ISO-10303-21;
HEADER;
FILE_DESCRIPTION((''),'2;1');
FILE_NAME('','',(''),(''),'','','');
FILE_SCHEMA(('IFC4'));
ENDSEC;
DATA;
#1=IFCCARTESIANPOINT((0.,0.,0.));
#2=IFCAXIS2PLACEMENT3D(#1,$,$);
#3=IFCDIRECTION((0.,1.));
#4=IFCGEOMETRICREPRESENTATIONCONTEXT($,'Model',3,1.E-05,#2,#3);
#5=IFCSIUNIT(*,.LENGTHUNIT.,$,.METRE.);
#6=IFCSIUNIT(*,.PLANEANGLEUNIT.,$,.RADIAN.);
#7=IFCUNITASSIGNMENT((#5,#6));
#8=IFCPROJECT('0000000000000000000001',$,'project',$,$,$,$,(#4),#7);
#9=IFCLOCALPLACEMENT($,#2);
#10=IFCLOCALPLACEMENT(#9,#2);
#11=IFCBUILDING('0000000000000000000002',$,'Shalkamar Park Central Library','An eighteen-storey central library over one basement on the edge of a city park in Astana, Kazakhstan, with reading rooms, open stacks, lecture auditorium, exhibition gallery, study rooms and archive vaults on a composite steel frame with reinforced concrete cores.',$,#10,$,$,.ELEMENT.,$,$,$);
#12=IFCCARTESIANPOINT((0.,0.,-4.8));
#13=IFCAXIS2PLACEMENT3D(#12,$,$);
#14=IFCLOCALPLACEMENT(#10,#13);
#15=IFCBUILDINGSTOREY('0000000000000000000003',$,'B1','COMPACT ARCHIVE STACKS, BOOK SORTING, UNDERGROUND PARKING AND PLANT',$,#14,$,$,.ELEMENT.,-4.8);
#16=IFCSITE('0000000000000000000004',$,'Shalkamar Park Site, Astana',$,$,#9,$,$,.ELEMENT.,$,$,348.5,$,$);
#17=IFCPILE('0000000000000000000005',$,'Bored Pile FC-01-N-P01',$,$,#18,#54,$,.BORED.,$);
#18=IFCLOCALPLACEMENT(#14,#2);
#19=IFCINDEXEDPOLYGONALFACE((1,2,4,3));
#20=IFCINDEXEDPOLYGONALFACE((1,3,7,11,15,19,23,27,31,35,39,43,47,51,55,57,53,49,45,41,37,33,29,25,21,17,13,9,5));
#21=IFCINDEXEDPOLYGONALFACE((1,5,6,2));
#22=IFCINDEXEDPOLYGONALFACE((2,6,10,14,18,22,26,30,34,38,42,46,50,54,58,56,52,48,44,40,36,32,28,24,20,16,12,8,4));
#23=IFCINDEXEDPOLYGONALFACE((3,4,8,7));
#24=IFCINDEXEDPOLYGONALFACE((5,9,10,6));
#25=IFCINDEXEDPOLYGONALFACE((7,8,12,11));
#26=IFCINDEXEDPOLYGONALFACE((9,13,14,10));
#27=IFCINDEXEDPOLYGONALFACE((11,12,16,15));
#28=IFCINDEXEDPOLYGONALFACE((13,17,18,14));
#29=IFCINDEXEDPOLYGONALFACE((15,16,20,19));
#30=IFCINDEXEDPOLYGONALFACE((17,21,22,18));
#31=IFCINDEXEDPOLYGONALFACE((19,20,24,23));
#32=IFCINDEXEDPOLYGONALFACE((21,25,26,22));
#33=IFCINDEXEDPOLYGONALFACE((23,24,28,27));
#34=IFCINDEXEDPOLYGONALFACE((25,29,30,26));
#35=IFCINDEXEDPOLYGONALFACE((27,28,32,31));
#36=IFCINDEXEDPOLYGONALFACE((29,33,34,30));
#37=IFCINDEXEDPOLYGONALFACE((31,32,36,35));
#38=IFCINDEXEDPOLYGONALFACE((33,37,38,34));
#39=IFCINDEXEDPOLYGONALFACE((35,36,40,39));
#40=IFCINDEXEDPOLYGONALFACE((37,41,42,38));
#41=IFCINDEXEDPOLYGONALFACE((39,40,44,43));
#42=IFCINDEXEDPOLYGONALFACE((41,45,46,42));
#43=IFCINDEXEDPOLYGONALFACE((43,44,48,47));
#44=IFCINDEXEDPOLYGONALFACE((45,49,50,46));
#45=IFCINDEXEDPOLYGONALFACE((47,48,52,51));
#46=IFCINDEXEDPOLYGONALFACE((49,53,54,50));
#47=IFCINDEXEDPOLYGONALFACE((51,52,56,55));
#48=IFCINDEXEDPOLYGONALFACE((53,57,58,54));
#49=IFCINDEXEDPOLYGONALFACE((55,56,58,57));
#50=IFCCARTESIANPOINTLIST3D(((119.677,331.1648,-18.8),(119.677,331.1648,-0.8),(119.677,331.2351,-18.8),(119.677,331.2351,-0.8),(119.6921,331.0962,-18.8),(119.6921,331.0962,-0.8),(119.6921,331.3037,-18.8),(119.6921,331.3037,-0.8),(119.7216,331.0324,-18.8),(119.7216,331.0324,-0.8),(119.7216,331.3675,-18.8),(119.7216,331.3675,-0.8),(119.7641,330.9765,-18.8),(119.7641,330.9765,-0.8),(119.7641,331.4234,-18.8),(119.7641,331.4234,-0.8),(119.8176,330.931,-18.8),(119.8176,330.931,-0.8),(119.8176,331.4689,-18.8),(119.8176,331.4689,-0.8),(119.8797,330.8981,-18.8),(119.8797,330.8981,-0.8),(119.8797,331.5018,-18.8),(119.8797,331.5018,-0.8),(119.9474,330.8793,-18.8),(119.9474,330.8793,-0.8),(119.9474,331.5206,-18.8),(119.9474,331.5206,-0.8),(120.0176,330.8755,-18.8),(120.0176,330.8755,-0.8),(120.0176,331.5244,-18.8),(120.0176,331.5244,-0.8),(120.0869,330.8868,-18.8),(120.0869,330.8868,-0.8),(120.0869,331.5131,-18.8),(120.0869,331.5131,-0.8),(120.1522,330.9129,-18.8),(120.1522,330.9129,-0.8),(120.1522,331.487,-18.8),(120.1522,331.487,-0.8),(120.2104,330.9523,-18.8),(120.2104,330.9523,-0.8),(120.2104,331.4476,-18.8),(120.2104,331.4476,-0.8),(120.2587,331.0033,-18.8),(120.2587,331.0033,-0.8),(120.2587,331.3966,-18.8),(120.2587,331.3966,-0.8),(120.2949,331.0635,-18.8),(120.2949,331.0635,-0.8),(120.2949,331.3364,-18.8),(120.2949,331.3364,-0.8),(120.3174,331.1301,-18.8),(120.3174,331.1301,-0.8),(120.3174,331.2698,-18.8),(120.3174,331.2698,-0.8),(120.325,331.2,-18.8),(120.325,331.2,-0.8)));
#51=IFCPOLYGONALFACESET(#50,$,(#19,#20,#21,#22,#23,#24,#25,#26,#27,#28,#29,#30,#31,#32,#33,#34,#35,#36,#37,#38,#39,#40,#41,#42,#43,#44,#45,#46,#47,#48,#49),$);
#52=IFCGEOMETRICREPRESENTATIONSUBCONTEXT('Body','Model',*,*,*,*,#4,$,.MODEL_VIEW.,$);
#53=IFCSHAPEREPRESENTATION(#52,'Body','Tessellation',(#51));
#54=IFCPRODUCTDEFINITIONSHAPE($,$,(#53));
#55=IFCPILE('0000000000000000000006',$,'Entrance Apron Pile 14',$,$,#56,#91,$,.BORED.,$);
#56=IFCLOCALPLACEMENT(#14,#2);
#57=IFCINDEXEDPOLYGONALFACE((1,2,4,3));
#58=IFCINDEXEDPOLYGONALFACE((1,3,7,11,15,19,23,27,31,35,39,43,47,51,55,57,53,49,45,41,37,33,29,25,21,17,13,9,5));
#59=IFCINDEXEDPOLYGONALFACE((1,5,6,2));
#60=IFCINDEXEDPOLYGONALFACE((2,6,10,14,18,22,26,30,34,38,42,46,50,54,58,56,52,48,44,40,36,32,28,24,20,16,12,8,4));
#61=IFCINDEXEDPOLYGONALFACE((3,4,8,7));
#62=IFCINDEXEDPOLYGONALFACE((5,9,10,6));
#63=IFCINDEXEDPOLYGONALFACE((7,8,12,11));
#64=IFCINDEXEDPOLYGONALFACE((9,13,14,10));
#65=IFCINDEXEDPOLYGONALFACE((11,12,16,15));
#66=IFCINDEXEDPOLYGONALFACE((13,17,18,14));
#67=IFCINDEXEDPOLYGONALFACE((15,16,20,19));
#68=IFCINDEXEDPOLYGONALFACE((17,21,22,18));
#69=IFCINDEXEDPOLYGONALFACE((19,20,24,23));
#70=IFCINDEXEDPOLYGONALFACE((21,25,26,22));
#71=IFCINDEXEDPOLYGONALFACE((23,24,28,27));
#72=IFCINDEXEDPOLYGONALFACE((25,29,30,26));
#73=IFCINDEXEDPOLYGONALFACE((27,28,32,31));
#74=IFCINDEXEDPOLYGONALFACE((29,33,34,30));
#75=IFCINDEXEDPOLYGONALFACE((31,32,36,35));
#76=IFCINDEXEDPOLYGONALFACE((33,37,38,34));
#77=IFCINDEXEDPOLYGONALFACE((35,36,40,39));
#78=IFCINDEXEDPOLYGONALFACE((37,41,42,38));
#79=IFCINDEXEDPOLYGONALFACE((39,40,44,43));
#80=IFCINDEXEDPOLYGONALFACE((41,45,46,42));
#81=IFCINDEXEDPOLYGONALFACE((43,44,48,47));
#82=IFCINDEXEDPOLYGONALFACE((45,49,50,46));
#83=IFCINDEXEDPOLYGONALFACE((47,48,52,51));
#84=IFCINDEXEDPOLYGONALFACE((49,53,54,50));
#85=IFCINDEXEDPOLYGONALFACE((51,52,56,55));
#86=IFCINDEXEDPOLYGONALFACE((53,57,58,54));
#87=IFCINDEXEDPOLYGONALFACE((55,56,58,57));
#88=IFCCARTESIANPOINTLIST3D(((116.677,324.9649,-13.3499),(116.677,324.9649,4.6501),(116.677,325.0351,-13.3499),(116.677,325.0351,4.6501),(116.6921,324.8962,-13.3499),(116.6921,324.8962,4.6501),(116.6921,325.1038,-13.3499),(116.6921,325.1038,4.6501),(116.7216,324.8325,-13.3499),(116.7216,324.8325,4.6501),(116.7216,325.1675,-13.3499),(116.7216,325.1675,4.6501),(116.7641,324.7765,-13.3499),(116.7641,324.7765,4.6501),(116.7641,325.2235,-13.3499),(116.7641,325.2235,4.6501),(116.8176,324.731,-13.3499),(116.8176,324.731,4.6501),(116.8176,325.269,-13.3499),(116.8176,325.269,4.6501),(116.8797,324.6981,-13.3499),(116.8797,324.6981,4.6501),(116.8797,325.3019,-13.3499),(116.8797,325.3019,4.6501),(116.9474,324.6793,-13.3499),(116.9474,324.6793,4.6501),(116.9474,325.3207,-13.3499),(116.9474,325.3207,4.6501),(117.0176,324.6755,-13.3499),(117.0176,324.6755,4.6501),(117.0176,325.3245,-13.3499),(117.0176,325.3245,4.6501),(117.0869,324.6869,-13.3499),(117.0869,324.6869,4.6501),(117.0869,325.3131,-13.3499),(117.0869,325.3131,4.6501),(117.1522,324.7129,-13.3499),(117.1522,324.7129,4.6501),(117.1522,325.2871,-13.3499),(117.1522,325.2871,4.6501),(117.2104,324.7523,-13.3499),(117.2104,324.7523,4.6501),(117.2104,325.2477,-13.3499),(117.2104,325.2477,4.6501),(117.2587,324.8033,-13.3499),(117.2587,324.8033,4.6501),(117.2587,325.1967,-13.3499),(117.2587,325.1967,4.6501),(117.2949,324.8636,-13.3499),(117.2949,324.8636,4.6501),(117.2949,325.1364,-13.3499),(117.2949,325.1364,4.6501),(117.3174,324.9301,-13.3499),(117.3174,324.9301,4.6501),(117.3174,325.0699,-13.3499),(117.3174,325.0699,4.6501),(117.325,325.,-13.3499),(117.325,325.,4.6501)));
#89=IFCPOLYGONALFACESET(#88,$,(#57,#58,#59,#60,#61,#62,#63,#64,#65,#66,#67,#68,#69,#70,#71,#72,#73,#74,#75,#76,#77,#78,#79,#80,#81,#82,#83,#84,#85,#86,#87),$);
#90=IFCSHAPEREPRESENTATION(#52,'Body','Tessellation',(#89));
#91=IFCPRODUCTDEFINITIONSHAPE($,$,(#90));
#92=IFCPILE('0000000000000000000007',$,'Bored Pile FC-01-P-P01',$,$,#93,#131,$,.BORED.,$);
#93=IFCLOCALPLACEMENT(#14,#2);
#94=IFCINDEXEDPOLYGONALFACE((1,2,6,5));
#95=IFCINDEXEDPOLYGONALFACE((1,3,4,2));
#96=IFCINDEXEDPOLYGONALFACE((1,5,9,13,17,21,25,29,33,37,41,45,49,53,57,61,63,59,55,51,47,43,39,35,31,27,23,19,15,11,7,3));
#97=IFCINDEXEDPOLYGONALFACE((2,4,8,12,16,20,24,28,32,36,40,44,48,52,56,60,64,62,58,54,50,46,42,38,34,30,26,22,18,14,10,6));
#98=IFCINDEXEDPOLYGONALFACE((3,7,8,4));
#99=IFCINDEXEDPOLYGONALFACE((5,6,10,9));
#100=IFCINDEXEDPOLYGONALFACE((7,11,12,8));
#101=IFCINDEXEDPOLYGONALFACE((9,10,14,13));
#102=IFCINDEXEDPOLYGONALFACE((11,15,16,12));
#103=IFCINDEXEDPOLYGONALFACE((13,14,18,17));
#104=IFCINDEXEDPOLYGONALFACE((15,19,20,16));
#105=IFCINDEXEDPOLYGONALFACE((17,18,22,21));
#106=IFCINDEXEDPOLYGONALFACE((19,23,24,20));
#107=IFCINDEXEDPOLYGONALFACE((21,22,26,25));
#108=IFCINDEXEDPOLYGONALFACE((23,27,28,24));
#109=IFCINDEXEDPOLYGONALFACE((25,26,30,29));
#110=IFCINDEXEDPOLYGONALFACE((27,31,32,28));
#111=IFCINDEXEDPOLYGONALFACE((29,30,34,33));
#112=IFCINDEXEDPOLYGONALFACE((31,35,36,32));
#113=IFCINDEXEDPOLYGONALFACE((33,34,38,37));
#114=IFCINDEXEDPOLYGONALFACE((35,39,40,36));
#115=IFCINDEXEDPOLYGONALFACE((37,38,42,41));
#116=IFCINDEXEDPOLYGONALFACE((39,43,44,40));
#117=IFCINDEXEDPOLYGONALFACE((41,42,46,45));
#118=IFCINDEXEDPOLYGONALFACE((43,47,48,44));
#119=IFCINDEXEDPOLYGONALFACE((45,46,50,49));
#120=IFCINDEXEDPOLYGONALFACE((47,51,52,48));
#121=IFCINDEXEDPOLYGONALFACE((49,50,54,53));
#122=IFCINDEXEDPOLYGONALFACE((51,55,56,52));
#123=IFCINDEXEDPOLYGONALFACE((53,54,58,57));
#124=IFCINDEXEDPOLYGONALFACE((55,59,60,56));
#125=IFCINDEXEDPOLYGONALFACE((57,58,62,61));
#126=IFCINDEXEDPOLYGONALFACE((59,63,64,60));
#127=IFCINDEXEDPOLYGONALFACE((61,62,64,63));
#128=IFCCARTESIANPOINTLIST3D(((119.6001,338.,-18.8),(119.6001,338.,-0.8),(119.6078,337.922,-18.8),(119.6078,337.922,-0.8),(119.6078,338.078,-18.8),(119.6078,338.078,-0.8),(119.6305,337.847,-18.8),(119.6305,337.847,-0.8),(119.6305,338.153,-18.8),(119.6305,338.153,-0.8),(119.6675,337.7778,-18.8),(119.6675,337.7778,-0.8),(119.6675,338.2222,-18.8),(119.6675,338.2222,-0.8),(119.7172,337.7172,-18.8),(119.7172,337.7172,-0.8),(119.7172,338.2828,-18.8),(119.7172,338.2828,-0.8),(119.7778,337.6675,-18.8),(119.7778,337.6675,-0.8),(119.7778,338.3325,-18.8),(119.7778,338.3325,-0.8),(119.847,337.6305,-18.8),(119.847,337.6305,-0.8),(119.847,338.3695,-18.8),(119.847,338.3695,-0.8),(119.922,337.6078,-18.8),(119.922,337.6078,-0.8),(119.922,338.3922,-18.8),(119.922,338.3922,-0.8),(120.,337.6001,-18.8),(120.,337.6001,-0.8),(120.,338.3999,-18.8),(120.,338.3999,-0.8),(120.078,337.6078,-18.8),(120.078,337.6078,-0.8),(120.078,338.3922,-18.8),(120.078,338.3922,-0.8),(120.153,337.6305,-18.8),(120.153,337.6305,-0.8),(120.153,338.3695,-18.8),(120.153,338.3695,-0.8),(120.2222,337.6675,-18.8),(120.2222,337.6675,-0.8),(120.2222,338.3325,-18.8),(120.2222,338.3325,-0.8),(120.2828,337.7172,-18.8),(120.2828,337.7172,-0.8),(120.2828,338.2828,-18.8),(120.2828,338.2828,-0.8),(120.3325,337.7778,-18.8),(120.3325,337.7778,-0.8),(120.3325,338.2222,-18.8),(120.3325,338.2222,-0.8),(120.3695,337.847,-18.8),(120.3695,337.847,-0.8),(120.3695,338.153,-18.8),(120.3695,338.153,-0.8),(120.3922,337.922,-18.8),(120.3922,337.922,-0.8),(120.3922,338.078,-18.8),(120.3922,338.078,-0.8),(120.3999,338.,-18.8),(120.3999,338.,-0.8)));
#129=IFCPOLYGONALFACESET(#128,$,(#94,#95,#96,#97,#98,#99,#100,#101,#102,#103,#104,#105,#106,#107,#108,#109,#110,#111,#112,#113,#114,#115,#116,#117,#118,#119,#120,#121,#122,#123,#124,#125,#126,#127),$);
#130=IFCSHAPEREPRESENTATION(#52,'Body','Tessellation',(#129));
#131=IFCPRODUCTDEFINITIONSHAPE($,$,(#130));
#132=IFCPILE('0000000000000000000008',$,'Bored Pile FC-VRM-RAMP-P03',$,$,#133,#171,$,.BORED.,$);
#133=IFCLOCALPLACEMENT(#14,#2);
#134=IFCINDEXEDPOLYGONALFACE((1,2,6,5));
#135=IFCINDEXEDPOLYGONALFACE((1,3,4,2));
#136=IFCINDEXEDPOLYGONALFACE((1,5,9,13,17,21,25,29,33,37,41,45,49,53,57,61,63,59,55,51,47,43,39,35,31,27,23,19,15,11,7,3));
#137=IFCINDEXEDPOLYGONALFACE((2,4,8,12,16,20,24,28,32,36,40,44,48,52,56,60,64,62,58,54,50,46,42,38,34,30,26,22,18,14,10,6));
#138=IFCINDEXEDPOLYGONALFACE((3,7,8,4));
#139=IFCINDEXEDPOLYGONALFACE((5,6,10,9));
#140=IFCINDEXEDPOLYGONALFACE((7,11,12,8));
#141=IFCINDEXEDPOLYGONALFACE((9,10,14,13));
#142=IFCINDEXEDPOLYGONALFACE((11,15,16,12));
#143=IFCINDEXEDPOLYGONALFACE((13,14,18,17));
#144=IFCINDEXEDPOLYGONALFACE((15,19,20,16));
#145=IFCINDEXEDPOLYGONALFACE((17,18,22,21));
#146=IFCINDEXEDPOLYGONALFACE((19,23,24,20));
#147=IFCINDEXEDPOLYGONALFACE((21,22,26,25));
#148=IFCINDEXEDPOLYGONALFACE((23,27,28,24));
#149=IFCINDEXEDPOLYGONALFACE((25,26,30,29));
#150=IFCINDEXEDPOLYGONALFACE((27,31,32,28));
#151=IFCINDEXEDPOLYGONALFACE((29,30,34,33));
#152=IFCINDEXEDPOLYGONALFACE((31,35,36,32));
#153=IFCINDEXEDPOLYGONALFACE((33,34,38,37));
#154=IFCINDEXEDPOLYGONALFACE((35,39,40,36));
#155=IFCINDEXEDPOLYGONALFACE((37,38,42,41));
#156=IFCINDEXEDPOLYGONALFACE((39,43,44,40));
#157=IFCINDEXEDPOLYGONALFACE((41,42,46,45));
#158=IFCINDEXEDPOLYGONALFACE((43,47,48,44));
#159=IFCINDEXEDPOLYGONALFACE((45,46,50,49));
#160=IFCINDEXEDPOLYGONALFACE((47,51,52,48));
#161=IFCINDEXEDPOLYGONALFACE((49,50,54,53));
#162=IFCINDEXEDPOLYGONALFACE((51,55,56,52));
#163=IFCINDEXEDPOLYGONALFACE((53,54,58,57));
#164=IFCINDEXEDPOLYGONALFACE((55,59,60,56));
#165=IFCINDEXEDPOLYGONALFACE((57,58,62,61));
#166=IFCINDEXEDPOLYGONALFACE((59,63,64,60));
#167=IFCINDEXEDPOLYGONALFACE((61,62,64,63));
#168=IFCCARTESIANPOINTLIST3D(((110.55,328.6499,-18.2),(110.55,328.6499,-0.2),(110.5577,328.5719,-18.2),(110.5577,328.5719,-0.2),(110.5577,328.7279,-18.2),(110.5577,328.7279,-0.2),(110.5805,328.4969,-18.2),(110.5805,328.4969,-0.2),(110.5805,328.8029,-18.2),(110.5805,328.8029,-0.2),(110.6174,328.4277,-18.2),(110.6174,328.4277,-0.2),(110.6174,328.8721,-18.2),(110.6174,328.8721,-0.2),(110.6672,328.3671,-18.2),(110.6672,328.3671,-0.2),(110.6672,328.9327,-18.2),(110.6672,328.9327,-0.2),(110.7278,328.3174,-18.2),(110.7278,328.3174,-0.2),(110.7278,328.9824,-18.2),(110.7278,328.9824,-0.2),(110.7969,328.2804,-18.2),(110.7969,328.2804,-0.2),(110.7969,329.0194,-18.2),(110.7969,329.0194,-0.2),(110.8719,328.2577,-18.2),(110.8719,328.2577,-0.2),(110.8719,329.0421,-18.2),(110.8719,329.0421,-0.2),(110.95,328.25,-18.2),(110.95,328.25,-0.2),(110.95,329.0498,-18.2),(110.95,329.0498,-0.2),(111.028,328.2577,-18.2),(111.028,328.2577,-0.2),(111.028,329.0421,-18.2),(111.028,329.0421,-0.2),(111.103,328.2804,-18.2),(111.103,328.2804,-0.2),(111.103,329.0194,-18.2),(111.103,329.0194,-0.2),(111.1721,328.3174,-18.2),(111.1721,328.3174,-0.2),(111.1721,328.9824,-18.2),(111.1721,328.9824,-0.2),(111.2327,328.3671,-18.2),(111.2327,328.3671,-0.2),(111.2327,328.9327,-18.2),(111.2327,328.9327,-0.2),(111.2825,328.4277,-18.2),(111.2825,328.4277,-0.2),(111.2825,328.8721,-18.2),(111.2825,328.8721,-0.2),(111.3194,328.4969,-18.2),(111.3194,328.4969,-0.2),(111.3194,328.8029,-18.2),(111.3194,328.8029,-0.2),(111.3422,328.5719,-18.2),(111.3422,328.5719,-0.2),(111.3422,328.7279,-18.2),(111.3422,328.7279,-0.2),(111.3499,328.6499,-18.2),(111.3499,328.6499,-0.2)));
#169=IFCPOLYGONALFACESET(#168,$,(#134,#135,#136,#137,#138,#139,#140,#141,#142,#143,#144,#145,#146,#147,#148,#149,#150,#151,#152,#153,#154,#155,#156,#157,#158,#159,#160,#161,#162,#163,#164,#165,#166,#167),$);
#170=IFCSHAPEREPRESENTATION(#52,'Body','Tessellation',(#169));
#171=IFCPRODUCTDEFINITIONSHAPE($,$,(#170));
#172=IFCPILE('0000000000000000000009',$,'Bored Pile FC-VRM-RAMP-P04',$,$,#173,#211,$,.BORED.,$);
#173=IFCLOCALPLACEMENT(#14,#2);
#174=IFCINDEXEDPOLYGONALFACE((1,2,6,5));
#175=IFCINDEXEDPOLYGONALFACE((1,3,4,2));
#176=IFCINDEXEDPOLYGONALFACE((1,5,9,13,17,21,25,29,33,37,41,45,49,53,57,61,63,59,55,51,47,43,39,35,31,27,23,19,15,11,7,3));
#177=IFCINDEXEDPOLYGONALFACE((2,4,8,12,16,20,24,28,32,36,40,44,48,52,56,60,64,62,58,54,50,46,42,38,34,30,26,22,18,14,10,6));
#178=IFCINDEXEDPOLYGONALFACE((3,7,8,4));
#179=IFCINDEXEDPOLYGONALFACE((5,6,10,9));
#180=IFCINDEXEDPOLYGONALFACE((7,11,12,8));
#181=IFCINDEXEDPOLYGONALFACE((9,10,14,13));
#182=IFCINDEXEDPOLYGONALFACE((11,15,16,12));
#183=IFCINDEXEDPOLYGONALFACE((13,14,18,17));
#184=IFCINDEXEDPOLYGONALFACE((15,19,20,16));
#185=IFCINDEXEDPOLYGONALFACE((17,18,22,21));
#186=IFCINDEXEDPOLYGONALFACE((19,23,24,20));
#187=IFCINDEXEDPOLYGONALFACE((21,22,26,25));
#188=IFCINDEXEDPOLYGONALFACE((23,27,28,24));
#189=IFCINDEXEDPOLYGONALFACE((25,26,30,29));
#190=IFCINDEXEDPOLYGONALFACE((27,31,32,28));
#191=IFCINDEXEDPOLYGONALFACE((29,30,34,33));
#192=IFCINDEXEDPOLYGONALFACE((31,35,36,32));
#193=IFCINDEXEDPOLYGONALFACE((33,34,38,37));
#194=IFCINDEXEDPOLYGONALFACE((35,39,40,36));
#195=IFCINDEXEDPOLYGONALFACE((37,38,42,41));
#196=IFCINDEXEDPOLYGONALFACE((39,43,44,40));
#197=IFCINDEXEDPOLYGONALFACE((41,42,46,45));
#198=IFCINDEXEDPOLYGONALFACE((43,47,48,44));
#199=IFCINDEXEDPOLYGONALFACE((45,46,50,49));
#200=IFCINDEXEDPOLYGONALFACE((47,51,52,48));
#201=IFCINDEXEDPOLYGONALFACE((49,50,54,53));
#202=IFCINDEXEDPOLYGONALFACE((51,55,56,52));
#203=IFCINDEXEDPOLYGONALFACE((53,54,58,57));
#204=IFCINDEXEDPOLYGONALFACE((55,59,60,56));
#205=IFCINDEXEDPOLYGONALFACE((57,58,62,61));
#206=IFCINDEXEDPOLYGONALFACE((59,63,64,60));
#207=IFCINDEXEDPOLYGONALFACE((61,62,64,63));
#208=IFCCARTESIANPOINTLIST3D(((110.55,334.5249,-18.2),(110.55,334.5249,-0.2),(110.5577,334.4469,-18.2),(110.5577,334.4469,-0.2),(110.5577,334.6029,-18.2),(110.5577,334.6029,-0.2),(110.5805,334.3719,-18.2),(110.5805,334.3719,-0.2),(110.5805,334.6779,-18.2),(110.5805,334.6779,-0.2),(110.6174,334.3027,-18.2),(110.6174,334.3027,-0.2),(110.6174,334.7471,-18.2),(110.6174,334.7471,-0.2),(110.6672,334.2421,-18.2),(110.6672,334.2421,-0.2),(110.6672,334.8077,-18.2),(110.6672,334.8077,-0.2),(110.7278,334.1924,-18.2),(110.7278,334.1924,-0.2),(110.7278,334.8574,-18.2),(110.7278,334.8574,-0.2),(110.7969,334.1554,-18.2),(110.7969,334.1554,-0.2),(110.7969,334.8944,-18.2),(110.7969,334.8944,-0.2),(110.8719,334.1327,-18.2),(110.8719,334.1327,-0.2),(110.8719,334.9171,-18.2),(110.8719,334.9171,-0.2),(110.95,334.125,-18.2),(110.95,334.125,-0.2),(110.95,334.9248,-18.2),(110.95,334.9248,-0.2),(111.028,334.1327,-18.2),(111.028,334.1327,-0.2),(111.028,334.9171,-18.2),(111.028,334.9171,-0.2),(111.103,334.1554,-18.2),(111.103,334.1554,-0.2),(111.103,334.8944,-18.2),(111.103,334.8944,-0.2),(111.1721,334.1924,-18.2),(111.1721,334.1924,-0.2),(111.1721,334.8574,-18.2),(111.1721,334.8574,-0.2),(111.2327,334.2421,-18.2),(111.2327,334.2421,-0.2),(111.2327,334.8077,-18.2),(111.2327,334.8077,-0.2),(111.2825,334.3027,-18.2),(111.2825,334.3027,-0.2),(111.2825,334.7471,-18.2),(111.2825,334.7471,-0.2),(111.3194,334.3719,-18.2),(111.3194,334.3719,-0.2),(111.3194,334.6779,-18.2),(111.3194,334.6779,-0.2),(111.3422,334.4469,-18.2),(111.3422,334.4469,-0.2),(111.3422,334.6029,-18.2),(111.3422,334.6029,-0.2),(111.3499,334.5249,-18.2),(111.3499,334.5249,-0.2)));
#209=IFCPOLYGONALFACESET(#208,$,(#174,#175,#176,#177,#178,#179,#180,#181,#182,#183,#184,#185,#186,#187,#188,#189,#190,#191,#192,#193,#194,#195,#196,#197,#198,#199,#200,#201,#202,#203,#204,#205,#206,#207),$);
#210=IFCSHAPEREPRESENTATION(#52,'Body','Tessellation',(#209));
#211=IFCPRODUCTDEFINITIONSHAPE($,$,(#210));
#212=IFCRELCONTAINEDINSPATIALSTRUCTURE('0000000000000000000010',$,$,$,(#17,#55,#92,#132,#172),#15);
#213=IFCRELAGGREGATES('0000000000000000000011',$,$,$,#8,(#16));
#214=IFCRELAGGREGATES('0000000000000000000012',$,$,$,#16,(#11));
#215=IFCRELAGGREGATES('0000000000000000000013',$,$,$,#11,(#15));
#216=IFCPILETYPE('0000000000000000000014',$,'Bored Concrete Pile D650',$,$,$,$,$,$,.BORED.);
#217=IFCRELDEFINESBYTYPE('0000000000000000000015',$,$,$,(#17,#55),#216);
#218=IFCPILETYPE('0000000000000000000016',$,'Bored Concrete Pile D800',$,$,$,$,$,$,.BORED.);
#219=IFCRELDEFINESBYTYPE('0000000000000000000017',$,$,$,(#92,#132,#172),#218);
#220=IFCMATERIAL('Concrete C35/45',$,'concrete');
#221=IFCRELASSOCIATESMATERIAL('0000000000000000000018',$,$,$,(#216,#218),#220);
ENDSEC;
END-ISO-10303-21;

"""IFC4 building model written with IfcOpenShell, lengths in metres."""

from ifc_helpers import new_model, si_unit, direction, frame, origin, origin_2d, place, context, subcontext, project, spatial, circle, extrude, material, material_profile, profile_set, type_object, element, save


model = new_model("IFC4")

# Units and contexts
model_context = context("Model", 3, precision=1e-05, world=origin(), true_north=direction((0.0, 1.0)))
body_context = subcontext(model_context, "Body", "Model", "MODEL_VIEW")
ifc_project = project(units=[si_unit("LENGTHUNIT", "METRE"), si_unit("PLANEANGLEUNIT", "RADIAN")], contexts=[model_context])

# Site, building, storey
site_placement = place(None, origin())
site = spatial("IfcSite", under=ifc_project, at=site_placement, Name="Shalkamar Park Site, Astana", CompositionType="ELEMENT", RefElevation=348.5)
building_placement = place(site_placement, origin())
building = spatial("IfcBuilding", under=site, at=building_placement, Name="Shalkamar Park Central Library", Description="An eighteen-storey central library over one basement on the edge of a city park in Astana, Kazakhstan, with reading rooms, open stacks, lecture auditorium, exhibition gallery, study rooms and archive vaults on a composite steel frame with reinforced concrete cores.", CompositionType="ELEMENT")
storey_placement = place(building_placement, frame((0.0, 0.0, -4.8)))
storey = spatial("IfcBuildingStorey", under=building, at=storey_placement, Name="B1", Description="COMPACT ARCHIVE STACKS, BOOK SORTING, UNDERGROUND PARKING AND PLANT", CompositionType="ELEMENT", Elevation=-4.8)

# Piles
ifc_material_1 = material(Name="Concrete C35/45", Category="concrete")
ifc_material_profile_1 = material_profile(ifc_material_1, circle(Radius=0.325, at=origin_2d()), Name="PILE D650")
ifc_profile_set_1 = profile_set([ifc_material_profile_1], Name="Concrete C35/45")
pile_type_1 = type_object("IfcPileType", Name="Bored Concrete Pile D650", PredefinedType="BORED", material=ifc_profile_set_1)
for number, where, z_axis, x_axis, name in (
    (1, (120.0, 331.2, -0.8), (0.0, 0.0, -1.0), (1.0, 0.0, 0.0), "Bored Pile FC-01-N-P01"),
    (2, (117.0, 325.0, 4.6501), (0.0, 0.0, -1.0), (1.0, 0.0, 0.0), "Entrance Apron Pile 14"),
):
    element("IfcPile", number, at=place(storey_placement, frame(where, z_axis=z_axis, x_axis=x_axis)), inside=storey, type_object=pile_type_1, Name=name, PredefinedType="BORED", context=body_context, shape_type="SweptSolid", body=[
        extrude(circle(Radius=0.325, at=origin_2d()), origin(), (0.0, 0.0, 1.0), 18.0),
    ])
ifc_material_profile_2 = material_profile(ifc_material_1, circle(Radius=0.3999, at=origin_2d()), Name="PILE D800")
ifc_profile_set_2 = profile_set([ifc_material_profile_2], Name="Concrete C35/45")
pile_type_2 = type_object("IfcPileType", Name="Bored Concrete Pile D800", PredefinedType="BORED", material=ifc_profile_set_2)
for number, where, z_axis, x_axis, name in (
    (3, (120.0, 338.0, -0.8), (0.0, 0.0, -1.0), (1.0, 0.0, 0.0), "Bored Pile FC-01-P-P01"),
    (4, (110.95, 328.6499, -0.2), (0.0, 0.0, -1.0), (1.0, 0.0, 0.0), "Bored Pile FC-VRM-RAMP-P03"),
    (5, (110.95, 334.5249, -0.2), (0.0, 0.0, -1.0), (1.0, 0.0, 0.0), "Bored Pile FC-VRM-RAMP-P04"),
):
    element("IfcPile", number, at=place(storey_placement, frame(where, z_axis=z_axis, x_axis=x_axis)), inside=storey, type_object=pile_type_2, Name=name, PredefinedType="BORED", context=body_context, shape_type="SweptSolid", body=[
        extrude(circle(Radius=0.3999, at=origin_2d()), origin(), (0.0, 0.0, 1.0), 18.0),
    ])

save(model, "model.ifc")
